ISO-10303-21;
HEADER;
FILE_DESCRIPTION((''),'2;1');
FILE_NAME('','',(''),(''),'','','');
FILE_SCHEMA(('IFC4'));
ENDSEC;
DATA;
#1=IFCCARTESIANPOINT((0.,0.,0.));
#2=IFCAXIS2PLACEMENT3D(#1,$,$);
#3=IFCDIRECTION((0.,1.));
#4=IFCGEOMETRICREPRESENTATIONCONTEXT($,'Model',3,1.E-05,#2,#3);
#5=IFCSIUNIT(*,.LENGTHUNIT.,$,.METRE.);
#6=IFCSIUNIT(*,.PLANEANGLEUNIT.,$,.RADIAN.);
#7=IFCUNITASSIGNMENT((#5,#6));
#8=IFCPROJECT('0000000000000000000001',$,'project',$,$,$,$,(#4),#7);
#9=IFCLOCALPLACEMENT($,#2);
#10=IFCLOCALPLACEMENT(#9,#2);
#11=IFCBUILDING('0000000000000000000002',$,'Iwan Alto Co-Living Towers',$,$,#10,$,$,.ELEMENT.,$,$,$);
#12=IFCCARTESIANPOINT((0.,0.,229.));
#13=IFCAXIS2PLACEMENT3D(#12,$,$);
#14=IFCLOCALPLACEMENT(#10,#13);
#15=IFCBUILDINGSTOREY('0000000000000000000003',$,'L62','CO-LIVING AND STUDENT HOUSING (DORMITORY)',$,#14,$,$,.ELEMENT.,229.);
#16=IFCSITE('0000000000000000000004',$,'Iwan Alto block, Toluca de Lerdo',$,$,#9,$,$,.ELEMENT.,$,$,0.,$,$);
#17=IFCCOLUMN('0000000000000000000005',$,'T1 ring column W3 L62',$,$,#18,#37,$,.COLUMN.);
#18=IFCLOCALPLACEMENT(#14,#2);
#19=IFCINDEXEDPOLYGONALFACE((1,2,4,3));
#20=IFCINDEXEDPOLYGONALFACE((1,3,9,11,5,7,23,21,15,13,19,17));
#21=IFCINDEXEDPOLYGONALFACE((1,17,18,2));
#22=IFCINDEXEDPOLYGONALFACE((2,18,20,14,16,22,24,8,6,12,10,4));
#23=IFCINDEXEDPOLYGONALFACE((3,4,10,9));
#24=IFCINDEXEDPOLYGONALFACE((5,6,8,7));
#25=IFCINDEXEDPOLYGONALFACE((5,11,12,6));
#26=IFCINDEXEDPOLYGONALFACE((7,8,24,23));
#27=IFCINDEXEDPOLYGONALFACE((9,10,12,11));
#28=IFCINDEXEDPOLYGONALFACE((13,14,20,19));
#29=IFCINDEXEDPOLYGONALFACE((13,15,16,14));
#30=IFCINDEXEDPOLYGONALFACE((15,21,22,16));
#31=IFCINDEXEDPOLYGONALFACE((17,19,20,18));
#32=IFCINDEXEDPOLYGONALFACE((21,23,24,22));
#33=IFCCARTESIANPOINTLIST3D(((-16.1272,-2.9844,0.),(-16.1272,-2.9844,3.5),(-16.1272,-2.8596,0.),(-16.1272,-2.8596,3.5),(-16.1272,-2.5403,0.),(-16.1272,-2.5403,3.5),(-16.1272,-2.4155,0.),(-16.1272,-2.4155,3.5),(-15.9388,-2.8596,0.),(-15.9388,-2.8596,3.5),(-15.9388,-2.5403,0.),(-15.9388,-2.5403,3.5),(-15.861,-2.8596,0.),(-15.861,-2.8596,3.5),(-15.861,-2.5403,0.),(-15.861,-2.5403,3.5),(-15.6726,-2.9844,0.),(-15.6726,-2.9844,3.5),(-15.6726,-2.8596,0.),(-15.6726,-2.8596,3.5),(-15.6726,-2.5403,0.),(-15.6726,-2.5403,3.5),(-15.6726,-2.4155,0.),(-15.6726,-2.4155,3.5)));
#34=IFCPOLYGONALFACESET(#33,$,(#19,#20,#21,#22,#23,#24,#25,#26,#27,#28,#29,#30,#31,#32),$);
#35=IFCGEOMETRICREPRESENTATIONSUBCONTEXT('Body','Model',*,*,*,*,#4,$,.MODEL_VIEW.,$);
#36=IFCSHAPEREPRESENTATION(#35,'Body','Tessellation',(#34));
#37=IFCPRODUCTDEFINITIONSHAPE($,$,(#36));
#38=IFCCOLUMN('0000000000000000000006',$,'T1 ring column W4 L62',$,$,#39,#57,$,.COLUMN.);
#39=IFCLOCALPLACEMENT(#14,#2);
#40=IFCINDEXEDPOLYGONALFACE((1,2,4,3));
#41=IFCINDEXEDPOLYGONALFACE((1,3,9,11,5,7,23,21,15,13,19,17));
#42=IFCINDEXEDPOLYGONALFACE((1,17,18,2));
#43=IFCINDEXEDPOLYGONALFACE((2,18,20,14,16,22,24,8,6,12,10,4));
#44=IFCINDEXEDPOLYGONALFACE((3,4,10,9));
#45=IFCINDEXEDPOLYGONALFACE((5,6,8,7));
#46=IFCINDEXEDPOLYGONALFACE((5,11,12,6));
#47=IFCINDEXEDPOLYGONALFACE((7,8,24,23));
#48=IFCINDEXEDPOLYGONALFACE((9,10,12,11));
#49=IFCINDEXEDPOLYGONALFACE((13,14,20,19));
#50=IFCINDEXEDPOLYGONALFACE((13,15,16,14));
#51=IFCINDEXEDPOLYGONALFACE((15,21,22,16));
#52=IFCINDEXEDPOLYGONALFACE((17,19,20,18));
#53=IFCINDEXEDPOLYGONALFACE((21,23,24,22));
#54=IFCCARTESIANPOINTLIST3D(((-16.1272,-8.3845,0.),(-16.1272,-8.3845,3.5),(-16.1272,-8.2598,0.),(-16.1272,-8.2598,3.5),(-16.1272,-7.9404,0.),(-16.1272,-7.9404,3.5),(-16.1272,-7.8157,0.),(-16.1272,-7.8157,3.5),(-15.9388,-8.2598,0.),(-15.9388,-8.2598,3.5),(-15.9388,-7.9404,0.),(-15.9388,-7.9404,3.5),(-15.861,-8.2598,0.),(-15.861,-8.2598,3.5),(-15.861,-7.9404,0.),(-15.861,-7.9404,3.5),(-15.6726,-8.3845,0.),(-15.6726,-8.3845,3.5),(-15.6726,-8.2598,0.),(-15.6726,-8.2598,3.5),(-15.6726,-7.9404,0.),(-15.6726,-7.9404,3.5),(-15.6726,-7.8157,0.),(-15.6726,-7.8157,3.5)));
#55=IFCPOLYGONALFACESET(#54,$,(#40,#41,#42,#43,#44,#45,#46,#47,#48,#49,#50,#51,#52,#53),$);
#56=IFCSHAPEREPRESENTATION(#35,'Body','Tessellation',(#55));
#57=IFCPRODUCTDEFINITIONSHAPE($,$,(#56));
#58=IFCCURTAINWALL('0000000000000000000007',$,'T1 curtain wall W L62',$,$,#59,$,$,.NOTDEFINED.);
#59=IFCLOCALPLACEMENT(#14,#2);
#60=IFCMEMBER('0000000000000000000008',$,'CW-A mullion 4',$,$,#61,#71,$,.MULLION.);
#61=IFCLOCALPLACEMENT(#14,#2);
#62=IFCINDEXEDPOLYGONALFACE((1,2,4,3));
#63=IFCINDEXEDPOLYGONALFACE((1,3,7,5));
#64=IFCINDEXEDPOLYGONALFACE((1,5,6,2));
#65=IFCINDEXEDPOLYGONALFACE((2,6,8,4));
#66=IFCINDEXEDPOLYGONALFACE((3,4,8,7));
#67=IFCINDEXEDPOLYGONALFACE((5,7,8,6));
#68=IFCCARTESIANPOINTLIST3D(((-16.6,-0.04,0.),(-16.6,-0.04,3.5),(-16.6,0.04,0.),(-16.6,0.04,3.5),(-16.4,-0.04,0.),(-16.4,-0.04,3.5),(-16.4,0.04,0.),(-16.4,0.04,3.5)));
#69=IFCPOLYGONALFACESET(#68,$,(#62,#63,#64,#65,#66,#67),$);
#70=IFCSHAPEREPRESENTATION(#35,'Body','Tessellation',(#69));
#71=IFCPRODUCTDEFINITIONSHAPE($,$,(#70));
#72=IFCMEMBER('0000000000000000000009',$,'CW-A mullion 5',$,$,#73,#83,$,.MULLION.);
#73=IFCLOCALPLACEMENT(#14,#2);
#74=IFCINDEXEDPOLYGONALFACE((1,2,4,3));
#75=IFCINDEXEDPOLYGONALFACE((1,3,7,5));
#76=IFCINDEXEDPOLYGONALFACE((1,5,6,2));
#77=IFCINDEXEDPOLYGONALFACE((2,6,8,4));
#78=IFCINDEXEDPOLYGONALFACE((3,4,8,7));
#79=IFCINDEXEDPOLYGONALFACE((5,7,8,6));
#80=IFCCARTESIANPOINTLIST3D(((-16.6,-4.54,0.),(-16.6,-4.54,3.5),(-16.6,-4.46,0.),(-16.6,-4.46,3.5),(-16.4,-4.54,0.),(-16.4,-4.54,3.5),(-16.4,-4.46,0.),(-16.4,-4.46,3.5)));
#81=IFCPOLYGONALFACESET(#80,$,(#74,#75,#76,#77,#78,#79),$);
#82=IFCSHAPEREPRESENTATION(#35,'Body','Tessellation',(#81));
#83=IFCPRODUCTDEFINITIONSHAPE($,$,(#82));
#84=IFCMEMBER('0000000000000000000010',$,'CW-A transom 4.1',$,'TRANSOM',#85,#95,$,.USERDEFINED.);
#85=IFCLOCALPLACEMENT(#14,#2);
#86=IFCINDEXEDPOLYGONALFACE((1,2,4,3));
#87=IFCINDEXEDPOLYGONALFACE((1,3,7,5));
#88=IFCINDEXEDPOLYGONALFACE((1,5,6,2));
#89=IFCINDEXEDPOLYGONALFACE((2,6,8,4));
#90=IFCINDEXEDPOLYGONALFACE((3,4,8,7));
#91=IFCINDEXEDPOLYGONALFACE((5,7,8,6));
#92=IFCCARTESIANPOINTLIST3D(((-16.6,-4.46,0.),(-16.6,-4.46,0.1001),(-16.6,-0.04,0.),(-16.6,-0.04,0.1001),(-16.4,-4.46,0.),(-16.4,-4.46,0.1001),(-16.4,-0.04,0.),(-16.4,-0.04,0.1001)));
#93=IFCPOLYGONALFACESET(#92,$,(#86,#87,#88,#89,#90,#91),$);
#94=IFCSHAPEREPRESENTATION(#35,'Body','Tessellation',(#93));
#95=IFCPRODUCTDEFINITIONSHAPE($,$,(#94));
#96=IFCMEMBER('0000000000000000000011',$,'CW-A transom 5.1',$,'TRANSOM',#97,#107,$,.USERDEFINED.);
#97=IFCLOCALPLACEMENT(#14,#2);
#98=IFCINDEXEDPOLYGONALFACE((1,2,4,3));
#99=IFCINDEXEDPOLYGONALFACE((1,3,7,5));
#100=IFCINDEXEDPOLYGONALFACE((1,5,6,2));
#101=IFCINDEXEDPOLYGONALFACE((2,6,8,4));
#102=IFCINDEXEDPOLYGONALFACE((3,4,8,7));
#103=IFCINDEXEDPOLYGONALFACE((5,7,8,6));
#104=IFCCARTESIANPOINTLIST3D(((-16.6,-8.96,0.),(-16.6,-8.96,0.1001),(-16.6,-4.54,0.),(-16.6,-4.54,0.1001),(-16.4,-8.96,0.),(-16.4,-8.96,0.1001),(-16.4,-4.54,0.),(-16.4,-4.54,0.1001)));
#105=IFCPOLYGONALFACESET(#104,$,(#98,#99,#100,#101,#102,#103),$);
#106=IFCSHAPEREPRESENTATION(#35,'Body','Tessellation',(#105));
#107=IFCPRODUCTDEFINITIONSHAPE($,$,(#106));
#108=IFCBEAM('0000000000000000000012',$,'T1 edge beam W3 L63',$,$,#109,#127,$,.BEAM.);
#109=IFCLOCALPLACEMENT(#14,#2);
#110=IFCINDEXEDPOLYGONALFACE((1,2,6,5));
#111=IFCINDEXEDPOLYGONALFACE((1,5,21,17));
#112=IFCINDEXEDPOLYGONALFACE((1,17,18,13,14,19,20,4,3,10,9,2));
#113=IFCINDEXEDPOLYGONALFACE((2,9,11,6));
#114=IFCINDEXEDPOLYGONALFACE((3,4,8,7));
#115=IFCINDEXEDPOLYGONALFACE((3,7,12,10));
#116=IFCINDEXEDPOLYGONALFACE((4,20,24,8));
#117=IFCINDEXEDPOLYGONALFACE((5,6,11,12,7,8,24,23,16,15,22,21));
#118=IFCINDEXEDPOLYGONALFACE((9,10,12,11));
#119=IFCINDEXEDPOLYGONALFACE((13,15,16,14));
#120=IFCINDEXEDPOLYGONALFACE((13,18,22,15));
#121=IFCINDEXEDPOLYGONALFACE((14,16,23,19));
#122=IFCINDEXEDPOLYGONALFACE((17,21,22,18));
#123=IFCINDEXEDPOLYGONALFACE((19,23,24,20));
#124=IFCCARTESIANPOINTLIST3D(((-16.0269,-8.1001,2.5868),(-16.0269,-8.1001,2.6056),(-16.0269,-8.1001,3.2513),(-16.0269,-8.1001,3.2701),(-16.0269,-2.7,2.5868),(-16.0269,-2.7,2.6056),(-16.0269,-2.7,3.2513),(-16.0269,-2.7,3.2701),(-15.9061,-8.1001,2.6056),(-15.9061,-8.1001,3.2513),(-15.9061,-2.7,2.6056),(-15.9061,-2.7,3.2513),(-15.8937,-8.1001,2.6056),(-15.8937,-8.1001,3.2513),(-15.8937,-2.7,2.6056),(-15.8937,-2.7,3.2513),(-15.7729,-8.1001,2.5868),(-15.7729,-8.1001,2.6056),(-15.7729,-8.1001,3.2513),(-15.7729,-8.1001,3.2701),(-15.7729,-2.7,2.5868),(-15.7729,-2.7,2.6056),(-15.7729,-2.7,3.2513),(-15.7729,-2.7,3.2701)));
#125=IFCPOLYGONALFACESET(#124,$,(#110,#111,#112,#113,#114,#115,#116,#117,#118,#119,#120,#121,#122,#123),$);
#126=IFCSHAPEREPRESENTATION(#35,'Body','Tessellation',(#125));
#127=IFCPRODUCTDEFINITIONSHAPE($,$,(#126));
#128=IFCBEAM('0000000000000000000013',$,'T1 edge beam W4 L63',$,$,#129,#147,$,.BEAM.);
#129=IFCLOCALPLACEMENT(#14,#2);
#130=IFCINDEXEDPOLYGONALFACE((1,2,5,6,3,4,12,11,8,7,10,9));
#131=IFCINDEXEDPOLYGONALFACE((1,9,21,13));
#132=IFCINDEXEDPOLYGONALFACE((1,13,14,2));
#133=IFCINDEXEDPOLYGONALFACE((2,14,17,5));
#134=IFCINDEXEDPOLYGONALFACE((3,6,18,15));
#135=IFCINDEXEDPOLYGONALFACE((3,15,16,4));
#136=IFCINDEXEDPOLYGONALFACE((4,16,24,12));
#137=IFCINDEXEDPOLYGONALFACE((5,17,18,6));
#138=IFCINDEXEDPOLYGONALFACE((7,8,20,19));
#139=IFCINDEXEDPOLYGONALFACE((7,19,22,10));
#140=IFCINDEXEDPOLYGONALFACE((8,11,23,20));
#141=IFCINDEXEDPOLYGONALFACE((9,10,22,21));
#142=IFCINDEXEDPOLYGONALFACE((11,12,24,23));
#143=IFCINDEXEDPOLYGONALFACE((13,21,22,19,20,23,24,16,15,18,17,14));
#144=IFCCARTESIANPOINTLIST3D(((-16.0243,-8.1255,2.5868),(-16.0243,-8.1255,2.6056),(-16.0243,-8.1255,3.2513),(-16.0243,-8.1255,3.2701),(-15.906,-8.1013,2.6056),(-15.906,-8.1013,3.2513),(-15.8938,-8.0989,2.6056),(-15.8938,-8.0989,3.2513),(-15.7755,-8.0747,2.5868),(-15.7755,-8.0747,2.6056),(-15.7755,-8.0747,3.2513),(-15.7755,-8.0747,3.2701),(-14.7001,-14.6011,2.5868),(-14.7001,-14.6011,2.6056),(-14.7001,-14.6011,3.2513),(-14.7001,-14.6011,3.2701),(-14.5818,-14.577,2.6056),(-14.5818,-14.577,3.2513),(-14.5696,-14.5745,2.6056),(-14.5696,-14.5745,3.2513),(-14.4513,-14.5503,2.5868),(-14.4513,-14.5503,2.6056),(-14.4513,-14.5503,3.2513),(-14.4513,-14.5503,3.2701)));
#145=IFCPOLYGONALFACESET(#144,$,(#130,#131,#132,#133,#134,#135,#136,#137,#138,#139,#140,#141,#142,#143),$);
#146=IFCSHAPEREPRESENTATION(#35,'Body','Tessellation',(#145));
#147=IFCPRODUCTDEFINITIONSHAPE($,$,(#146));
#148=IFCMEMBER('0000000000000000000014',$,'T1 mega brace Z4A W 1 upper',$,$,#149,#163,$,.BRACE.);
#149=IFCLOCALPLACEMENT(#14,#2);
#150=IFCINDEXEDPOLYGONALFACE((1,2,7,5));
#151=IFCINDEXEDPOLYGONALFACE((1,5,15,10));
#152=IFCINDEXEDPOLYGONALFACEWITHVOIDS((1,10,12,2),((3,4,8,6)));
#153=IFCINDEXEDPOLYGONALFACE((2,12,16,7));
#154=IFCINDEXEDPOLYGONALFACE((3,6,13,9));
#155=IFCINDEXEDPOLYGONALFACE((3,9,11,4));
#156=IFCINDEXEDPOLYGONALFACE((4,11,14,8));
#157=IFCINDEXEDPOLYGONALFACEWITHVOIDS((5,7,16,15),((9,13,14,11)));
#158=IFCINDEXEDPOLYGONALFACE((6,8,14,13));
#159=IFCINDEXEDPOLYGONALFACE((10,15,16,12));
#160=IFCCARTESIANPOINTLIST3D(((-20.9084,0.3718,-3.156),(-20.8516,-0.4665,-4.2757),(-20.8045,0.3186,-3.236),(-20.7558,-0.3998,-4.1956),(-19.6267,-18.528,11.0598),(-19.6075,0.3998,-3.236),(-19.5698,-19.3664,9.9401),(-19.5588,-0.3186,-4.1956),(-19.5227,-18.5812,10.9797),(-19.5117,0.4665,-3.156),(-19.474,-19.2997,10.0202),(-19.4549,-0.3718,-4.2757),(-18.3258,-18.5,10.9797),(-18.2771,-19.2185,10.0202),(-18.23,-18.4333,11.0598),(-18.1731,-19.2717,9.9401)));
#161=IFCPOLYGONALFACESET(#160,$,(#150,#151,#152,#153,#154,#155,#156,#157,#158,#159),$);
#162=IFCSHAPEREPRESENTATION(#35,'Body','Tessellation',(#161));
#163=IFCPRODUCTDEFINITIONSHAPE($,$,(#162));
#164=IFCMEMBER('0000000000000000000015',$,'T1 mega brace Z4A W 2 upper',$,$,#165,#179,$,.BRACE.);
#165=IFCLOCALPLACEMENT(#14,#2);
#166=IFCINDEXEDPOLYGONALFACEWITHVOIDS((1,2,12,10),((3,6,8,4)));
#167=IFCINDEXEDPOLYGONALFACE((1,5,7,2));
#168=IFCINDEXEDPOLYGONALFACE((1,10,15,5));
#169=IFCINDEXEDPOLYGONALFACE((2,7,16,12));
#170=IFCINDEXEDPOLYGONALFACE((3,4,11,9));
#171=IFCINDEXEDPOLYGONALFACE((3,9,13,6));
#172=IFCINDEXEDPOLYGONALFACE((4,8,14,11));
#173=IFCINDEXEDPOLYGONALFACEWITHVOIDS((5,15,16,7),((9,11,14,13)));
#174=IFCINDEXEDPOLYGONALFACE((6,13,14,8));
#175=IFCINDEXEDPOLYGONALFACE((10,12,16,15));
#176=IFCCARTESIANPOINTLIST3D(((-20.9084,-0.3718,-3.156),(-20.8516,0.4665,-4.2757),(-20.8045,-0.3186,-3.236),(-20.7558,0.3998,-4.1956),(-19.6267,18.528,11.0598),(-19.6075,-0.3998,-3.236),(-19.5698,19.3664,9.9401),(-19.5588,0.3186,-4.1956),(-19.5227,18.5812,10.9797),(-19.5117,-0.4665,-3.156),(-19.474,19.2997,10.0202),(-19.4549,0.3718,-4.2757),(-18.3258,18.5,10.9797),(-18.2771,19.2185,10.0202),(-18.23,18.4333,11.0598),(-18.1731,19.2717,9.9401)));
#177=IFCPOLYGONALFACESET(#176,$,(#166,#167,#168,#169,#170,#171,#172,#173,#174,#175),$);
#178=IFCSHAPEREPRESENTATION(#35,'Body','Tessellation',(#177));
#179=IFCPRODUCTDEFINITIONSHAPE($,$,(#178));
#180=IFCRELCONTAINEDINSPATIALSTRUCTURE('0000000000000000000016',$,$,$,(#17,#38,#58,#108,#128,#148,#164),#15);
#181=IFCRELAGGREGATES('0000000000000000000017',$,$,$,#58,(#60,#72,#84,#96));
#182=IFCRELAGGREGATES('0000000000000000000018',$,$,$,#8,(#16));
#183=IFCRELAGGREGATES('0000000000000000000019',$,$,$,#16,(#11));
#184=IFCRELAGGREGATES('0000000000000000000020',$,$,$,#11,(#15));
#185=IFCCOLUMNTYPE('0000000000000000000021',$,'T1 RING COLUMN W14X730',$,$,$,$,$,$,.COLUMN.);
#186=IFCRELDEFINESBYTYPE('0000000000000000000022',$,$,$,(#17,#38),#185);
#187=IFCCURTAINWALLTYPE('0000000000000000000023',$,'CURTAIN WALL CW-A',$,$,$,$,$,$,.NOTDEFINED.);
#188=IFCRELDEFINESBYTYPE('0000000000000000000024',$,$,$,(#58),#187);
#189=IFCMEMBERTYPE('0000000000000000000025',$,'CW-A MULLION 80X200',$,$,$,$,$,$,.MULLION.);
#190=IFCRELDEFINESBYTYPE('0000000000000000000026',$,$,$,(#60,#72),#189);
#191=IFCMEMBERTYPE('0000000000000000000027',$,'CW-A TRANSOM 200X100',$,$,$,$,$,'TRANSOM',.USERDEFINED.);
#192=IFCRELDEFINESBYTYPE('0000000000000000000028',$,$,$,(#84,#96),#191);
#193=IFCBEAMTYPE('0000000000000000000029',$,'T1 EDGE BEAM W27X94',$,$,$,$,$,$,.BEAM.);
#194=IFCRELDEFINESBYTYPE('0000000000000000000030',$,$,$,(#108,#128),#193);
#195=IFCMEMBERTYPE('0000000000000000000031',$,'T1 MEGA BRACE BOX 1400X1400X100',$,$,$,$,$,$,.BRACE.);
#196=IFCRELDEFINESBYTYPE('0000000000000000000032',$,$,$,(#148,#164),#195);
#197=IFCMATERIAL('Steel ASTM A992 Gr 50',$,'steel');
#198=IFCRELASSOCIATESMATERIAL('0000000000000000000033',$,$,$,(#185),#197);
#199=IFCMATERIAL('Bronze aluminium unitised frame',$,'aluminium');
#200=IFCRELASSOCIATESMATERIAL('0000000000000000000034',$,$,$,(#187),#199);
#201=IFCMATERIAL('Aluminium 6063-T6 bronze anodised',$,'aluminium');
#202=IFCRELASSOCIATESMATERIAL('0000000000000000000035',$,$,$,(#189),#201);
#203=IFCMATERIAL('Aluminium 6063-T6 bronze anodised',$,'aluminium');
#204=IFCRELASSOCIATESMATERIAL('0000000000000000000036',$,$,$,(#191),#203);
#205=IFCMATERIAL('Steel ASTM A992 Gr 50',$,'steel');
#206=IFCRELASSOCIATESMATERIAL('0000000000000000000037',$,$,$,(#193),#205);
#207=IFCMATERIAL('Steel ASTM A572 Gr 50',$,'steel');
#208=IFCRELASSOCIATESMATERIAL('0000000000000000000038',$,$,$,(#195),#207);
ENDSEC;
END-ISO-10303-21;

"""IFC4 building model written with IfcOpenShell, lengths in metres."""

from ifc_helpers import new_model, si_unit, direction, frame, origin, origin_2d, place, context, subcontext, project, spatial, rectangle, hollow_rectangle, i_section, extrude, material, material_profile, profile_set, type_object, element, aggregate, save


model = new_model("IFC4")

# Units and contexts
model_context = context("Model", 3, precision=1e-05, world=origin(), true_north=direction((0.0, 1.0)))
body_context = subcontext(model_context, "Body", "Model", "MODEL_VIEW")
ifc_project = project(units=[si_unit("LENGTHUNIT", "METRE"), si_unit("PLANEANGLEUNIT", "RADIAN")], contexts=[model_context])

# Site, building, storey
site_placement = place(None, origin())
site = spatial("IfcSite", under=ifc_project, at=site_placement, Name="Iwan Alto block, Toluca de Lerdo", CompositionType="ELEMENT", RefElevation=0.0)
building_placement = place(site_placement, origin())
building = spatial("IfcBuilding", under=site, at=building_placement, Name="Iwan Alto Co-Living Towers", CompositionType="ELEMENT")
storey_placement = place(building_placement, frame((0.0, 0.0, 229.0)))
storey = spatial("IfcBuildingStorey", under=building, at=storey_placement, Name="L62", Description="CO-LIVING AND STUDENT HOUSING (DORMITORY)", CompositionType="ELEMENT", Elevation=229.0)

# Columns
ifc_material_1 = material(Name="Steel ASTM A992 Gr 50", Category="steel")
ifc_material_profile_1 = material_profile(ifc_material_1, i_section(OverallWidth=0.4546, OverallDepth=0.5688, WebThickness=0.0779, FlangeThickness=0.1248, at=origin_2d()), Name="W14X730")
ifc_profile_set_1 = profile_set([ifc_material_profile_1], Name="Steel ASTM A992 Gr 50")
column_type = type_object("IfcColumnType", Name="T1 RING COLUMN W14X730", PredefinedType="COLUMN", material=ifc_profile_set_1)
for number, where, z_axis, x_axis, name in (
    (1, (-15.8999, -2.7, 0.0), (0.0, 0.0, 1.0), (1.0, 0.0, 0.0), "T1 ring column W3 L62"),
    (2, (-15.8999, -8.1001, 0.0), (0.0, 0.0, 1.0), (1.0, 0.0, 0.0), "T1 ring column W4 L62"),
):
    element("IfcColumn", number, at=place(storey_placement, frame(where, z_axis=z_axis, x_axis=x_axis)), inside=storey, type_object=column_type, Name=name, PredefinedType="COLUMN", context=body_context, shape_type="SweptSolid", body=[
        extrude(i_section(OverallWidth=0.4546, OverallDepth=0.5688, WebThickness=0.0779, FlangeThickness=0.1248, at=origin_2d()), origin(), (0.0, 0.0, 1.0), 3.5),
    ])

# Curtain wall, members
ifc_material_2 = material(Name="Bronze aluminium unitised frame", Category="aluminium")
curtain_wall_type = type_object("IfcCurtainWallType", Name="CURTAIN WALL CW-A", PredefinedType="NOTDEFINED", material=ifc_material_2)
curtain_wall_placement = place(storey_placement, origin())
curtain_wall = element("IfcCurtainWall", 3, at=curtain_wall_placement, inside=storey, type_object=curtain_wall_type, Name="T1 curtain wall W L62", PredefinedType="NOTDEFINED")
ifc_material_3 = material(Name="Aluminium 6063-T6 bronze anodised", Category="aluminium")
ifc_material_profile_2 = material_profile(ifc_material_3, rectangle(XDim=0.2, YDim=0.0801, at=origin_2d()), Name="AL 80X200")
ifc_profile_set_2 = profile_set([ifc_material_profile_2], Name="Aluminium 6063-T6 bronze anodised")
member_type_1 = type_object("IfcMemberType", Name="CW-A MULLION 80X200", PredefinedType="MULLION", material=ifc_profile_set_2)
member_1_placement = place(storey_placement, frame((-16.5, 0.0, 0.0), z_axis=(0.0, 0.0, 1.0), x_axis=(1.0, 0.0, 0.0)))
member_1 = element("IfcMember", 4, at=member_1_placement, type_object=member_type_1, Name="CW-A mullion 4", PredefinedType="MULLION", context=body_context, shape_type="SweptSolid", body=[
    extrude(rectangle(XDim=0.2, YDim=0.0801, at=origin_2d()), origin(), (0.0, 0.0, 1.0), 3.5),
])
member_2_placement = place(storey_placement, frame((-16.5, -4.5, 0.0), z_axis=(0.0, 0.0, 1.0), x_axis=(1.0, 0.0, 0.0)))
member_2 = element("IfcMember", 5, at=member_2_placement, type_object=member_type_1, Name="CW-A mullion 5", PredefinedType="MULLION", context=body_context, shape_type="SweptSolid", body=[
    extrude(rectangle(XDim=0.2, YDim=0.0801, at=origin_2d()), origin(), (0.0, 0.0, 1.0), 3.5),
])
ifc_material_4 = material(Name="Aluminium 6063-T6 bronze anodised", Category="aluminium")
ifc_material_profile_3 = material_profile(ifc_material_4, rectangle(XDim=0.2, YDim=0.1001, at=origin_2d()), Name="AL 200X100")
ifc_profile_set_3 = profile_set([ifc_material_profile_3], Name="Aluminium 6063-T6 bronze anodised")
member_type_2 = type_object("IfcMemberType", Name="CW-A TRANSOM 200X100", ElementType="TRANSOM", PredefinedType="USERDEFINED", material=ifc_profile_set_3)
member_3_placement = place(storey_placement, frame((-16.5, -0.04, 0.05), z_axis=(0.0, -1.0, 0.0), x_axis=(1.0, 0.0, 0.0)))
member_3 = element("IfcMember", 6, at=member_3_placement, type_object=member_type_2, Name="CW-A transom 4.1", ObjectType="TRANSOM", PredefinedType="USERDEFINED", context=body_context, shape_type="SweptSolid", body=[
    extrude(rectangle(XDim=0.2, YDim=0.1001, at=origin_2d()), origin(), (0.0, 0.0, 1.0), 4.4199),
])
member_4_placement = place(storey_placement, frame((-16.5, -4.54, 0.05), z_axis=(0.0, -1.0, 0.0), x_axis=(1.0, 0.0, 0.0)))
member_4 = element("IfcMember", 7, at=member_4_placement, type_object=member_type_2, Name="CW-A transom 5.1", ObjectType="TRANSOM", PredefinedType="USERDEFINED", context=body_context, shape_type="SweptSolid", body=[
    extrude(rectangle(XDim=0.2, YDim=0.1001, at=origin_2d()), origin(), (0.0, 0.0, 1.0), 4.4199),
])

# Beams
ifc_material_5 = material(Name="Steel ASTM A992 Gr 50", Category="steel")
ifc_material_profile_4 = material_profile(ifc_material_5, i_section(OverallWidth=0.2539, OverallDepth=0.6833, WebThickness=0.0125, FlangeThickness=0.0188, at=origin_2d()), Name="W27X94")
ifc_profile_set_4 = profile_set([ifc_material_profile_4], Name="Steel ASTM A992 Gr 50")
beam_type_1 = type_object("IfcBeamType", Name="T1 EDGE BEAM W27X94", PredefinedType="BEAM", material=ifc_profile_set_4)
beam_1_placement = place(storey_placement, frame((-15.8999, -2.7, 2.9285), z_axis=(0.0, -1.0, 0.0), x_axis=(1.0, 0.0, 0.0)))
element("IfcBeam", 8, at=beam_1_placement, inside=storey, type_object=beam_type_1, Name="T1 edge beam W3 L63", PredefinedType="BEAM", context=body_context, shape_type="SweptSolid", body=[
    extrude(i_section(OverallWidth=0.2539, OverallDepth=0.6833, WebThickness=0.0125, FlangeThickness=0.0188, at=origin_2d()), origin(), (0.0, 0.0, 1.0), 5.4001),
])
beam_2_placement = place(storey_placement, frame((-15.8999, -8.1001, 2.9285), z_axis=(0.200348, -0.979725, 0.0), x_axis=(0.979725, 0.200348, 0.0)))
element("IfcBeam", 9, at=beam_2_placement, inside=storey, type_object=beam_type_1, Name="T1 edge beam W4 L63", PredefinedType="BEAM", context=body_context, shape_type="SweptSolid", body=[
    extrude(i_section(OverallWidth=0.2539, OverallDepth=0.6833, WebThickness=0.0125, FlangeThickness=0.0188, at=origin_2d()), origin(), (0.0, 0.0, 1.0), 6.6096),
])

# Members
ifc_material_6 = material(Name="Steel ASTM A572 Gr 50", Category="steel")
ifc_material_profile_5 = material_profile(ifc_material_6, hollow_rectangle(XDim=1.3999, YDim=1.3999, WallThickness=0.1001, at=origin_2d()), Name="BOX 1400X1400X100")
ifc_profile_set_5 = profile_set([ifc_material_profile_5], Name="Steel ASTM A572 Gr 50")
member_type_3 = type_object("IfcMemberType", Name="T1 MEGA BRACE BOX 1400X1400X100", PredefinedType="BRACE", material=ifc_profile_set_5)
for number, where, z_axis, x_axis, name in (
    (10, (-20.1816, 0.0, -3.7158), (0.054118, -0.797998, 0.600225), (0.997708, 0.067662, 0.0), "T1 mega brace Z4A W 1 upper"),
    (11, (-20.1816, 0.0, -3.7158), (0.054118, 0.797998, 0.600225), (-0.997708, 0.067662, 0.0), "T1 mega brace Z4A W 2 upper"),
):
    element("IfcMember", number, at=place(storey_placement, frame(where, z_axis=z_axis, x_axis=x_axis)), inside=storey, type_object=member_type_3, Name=name, PredefinedType="BRACE", context=body_context, shape_type="SweptSolid", body=[
        extrude(hollow_rectangle(XDim=1.3999, YDim=1.3999, WallThickness=0.1001, at=origin_2d()), origin(), (0.0, 0.0, 1.0), 23.6841),
    ])

aggregate(curtain_wall, [member_1, member_2, member_3, member_4])

save(model, "model.ifc")
